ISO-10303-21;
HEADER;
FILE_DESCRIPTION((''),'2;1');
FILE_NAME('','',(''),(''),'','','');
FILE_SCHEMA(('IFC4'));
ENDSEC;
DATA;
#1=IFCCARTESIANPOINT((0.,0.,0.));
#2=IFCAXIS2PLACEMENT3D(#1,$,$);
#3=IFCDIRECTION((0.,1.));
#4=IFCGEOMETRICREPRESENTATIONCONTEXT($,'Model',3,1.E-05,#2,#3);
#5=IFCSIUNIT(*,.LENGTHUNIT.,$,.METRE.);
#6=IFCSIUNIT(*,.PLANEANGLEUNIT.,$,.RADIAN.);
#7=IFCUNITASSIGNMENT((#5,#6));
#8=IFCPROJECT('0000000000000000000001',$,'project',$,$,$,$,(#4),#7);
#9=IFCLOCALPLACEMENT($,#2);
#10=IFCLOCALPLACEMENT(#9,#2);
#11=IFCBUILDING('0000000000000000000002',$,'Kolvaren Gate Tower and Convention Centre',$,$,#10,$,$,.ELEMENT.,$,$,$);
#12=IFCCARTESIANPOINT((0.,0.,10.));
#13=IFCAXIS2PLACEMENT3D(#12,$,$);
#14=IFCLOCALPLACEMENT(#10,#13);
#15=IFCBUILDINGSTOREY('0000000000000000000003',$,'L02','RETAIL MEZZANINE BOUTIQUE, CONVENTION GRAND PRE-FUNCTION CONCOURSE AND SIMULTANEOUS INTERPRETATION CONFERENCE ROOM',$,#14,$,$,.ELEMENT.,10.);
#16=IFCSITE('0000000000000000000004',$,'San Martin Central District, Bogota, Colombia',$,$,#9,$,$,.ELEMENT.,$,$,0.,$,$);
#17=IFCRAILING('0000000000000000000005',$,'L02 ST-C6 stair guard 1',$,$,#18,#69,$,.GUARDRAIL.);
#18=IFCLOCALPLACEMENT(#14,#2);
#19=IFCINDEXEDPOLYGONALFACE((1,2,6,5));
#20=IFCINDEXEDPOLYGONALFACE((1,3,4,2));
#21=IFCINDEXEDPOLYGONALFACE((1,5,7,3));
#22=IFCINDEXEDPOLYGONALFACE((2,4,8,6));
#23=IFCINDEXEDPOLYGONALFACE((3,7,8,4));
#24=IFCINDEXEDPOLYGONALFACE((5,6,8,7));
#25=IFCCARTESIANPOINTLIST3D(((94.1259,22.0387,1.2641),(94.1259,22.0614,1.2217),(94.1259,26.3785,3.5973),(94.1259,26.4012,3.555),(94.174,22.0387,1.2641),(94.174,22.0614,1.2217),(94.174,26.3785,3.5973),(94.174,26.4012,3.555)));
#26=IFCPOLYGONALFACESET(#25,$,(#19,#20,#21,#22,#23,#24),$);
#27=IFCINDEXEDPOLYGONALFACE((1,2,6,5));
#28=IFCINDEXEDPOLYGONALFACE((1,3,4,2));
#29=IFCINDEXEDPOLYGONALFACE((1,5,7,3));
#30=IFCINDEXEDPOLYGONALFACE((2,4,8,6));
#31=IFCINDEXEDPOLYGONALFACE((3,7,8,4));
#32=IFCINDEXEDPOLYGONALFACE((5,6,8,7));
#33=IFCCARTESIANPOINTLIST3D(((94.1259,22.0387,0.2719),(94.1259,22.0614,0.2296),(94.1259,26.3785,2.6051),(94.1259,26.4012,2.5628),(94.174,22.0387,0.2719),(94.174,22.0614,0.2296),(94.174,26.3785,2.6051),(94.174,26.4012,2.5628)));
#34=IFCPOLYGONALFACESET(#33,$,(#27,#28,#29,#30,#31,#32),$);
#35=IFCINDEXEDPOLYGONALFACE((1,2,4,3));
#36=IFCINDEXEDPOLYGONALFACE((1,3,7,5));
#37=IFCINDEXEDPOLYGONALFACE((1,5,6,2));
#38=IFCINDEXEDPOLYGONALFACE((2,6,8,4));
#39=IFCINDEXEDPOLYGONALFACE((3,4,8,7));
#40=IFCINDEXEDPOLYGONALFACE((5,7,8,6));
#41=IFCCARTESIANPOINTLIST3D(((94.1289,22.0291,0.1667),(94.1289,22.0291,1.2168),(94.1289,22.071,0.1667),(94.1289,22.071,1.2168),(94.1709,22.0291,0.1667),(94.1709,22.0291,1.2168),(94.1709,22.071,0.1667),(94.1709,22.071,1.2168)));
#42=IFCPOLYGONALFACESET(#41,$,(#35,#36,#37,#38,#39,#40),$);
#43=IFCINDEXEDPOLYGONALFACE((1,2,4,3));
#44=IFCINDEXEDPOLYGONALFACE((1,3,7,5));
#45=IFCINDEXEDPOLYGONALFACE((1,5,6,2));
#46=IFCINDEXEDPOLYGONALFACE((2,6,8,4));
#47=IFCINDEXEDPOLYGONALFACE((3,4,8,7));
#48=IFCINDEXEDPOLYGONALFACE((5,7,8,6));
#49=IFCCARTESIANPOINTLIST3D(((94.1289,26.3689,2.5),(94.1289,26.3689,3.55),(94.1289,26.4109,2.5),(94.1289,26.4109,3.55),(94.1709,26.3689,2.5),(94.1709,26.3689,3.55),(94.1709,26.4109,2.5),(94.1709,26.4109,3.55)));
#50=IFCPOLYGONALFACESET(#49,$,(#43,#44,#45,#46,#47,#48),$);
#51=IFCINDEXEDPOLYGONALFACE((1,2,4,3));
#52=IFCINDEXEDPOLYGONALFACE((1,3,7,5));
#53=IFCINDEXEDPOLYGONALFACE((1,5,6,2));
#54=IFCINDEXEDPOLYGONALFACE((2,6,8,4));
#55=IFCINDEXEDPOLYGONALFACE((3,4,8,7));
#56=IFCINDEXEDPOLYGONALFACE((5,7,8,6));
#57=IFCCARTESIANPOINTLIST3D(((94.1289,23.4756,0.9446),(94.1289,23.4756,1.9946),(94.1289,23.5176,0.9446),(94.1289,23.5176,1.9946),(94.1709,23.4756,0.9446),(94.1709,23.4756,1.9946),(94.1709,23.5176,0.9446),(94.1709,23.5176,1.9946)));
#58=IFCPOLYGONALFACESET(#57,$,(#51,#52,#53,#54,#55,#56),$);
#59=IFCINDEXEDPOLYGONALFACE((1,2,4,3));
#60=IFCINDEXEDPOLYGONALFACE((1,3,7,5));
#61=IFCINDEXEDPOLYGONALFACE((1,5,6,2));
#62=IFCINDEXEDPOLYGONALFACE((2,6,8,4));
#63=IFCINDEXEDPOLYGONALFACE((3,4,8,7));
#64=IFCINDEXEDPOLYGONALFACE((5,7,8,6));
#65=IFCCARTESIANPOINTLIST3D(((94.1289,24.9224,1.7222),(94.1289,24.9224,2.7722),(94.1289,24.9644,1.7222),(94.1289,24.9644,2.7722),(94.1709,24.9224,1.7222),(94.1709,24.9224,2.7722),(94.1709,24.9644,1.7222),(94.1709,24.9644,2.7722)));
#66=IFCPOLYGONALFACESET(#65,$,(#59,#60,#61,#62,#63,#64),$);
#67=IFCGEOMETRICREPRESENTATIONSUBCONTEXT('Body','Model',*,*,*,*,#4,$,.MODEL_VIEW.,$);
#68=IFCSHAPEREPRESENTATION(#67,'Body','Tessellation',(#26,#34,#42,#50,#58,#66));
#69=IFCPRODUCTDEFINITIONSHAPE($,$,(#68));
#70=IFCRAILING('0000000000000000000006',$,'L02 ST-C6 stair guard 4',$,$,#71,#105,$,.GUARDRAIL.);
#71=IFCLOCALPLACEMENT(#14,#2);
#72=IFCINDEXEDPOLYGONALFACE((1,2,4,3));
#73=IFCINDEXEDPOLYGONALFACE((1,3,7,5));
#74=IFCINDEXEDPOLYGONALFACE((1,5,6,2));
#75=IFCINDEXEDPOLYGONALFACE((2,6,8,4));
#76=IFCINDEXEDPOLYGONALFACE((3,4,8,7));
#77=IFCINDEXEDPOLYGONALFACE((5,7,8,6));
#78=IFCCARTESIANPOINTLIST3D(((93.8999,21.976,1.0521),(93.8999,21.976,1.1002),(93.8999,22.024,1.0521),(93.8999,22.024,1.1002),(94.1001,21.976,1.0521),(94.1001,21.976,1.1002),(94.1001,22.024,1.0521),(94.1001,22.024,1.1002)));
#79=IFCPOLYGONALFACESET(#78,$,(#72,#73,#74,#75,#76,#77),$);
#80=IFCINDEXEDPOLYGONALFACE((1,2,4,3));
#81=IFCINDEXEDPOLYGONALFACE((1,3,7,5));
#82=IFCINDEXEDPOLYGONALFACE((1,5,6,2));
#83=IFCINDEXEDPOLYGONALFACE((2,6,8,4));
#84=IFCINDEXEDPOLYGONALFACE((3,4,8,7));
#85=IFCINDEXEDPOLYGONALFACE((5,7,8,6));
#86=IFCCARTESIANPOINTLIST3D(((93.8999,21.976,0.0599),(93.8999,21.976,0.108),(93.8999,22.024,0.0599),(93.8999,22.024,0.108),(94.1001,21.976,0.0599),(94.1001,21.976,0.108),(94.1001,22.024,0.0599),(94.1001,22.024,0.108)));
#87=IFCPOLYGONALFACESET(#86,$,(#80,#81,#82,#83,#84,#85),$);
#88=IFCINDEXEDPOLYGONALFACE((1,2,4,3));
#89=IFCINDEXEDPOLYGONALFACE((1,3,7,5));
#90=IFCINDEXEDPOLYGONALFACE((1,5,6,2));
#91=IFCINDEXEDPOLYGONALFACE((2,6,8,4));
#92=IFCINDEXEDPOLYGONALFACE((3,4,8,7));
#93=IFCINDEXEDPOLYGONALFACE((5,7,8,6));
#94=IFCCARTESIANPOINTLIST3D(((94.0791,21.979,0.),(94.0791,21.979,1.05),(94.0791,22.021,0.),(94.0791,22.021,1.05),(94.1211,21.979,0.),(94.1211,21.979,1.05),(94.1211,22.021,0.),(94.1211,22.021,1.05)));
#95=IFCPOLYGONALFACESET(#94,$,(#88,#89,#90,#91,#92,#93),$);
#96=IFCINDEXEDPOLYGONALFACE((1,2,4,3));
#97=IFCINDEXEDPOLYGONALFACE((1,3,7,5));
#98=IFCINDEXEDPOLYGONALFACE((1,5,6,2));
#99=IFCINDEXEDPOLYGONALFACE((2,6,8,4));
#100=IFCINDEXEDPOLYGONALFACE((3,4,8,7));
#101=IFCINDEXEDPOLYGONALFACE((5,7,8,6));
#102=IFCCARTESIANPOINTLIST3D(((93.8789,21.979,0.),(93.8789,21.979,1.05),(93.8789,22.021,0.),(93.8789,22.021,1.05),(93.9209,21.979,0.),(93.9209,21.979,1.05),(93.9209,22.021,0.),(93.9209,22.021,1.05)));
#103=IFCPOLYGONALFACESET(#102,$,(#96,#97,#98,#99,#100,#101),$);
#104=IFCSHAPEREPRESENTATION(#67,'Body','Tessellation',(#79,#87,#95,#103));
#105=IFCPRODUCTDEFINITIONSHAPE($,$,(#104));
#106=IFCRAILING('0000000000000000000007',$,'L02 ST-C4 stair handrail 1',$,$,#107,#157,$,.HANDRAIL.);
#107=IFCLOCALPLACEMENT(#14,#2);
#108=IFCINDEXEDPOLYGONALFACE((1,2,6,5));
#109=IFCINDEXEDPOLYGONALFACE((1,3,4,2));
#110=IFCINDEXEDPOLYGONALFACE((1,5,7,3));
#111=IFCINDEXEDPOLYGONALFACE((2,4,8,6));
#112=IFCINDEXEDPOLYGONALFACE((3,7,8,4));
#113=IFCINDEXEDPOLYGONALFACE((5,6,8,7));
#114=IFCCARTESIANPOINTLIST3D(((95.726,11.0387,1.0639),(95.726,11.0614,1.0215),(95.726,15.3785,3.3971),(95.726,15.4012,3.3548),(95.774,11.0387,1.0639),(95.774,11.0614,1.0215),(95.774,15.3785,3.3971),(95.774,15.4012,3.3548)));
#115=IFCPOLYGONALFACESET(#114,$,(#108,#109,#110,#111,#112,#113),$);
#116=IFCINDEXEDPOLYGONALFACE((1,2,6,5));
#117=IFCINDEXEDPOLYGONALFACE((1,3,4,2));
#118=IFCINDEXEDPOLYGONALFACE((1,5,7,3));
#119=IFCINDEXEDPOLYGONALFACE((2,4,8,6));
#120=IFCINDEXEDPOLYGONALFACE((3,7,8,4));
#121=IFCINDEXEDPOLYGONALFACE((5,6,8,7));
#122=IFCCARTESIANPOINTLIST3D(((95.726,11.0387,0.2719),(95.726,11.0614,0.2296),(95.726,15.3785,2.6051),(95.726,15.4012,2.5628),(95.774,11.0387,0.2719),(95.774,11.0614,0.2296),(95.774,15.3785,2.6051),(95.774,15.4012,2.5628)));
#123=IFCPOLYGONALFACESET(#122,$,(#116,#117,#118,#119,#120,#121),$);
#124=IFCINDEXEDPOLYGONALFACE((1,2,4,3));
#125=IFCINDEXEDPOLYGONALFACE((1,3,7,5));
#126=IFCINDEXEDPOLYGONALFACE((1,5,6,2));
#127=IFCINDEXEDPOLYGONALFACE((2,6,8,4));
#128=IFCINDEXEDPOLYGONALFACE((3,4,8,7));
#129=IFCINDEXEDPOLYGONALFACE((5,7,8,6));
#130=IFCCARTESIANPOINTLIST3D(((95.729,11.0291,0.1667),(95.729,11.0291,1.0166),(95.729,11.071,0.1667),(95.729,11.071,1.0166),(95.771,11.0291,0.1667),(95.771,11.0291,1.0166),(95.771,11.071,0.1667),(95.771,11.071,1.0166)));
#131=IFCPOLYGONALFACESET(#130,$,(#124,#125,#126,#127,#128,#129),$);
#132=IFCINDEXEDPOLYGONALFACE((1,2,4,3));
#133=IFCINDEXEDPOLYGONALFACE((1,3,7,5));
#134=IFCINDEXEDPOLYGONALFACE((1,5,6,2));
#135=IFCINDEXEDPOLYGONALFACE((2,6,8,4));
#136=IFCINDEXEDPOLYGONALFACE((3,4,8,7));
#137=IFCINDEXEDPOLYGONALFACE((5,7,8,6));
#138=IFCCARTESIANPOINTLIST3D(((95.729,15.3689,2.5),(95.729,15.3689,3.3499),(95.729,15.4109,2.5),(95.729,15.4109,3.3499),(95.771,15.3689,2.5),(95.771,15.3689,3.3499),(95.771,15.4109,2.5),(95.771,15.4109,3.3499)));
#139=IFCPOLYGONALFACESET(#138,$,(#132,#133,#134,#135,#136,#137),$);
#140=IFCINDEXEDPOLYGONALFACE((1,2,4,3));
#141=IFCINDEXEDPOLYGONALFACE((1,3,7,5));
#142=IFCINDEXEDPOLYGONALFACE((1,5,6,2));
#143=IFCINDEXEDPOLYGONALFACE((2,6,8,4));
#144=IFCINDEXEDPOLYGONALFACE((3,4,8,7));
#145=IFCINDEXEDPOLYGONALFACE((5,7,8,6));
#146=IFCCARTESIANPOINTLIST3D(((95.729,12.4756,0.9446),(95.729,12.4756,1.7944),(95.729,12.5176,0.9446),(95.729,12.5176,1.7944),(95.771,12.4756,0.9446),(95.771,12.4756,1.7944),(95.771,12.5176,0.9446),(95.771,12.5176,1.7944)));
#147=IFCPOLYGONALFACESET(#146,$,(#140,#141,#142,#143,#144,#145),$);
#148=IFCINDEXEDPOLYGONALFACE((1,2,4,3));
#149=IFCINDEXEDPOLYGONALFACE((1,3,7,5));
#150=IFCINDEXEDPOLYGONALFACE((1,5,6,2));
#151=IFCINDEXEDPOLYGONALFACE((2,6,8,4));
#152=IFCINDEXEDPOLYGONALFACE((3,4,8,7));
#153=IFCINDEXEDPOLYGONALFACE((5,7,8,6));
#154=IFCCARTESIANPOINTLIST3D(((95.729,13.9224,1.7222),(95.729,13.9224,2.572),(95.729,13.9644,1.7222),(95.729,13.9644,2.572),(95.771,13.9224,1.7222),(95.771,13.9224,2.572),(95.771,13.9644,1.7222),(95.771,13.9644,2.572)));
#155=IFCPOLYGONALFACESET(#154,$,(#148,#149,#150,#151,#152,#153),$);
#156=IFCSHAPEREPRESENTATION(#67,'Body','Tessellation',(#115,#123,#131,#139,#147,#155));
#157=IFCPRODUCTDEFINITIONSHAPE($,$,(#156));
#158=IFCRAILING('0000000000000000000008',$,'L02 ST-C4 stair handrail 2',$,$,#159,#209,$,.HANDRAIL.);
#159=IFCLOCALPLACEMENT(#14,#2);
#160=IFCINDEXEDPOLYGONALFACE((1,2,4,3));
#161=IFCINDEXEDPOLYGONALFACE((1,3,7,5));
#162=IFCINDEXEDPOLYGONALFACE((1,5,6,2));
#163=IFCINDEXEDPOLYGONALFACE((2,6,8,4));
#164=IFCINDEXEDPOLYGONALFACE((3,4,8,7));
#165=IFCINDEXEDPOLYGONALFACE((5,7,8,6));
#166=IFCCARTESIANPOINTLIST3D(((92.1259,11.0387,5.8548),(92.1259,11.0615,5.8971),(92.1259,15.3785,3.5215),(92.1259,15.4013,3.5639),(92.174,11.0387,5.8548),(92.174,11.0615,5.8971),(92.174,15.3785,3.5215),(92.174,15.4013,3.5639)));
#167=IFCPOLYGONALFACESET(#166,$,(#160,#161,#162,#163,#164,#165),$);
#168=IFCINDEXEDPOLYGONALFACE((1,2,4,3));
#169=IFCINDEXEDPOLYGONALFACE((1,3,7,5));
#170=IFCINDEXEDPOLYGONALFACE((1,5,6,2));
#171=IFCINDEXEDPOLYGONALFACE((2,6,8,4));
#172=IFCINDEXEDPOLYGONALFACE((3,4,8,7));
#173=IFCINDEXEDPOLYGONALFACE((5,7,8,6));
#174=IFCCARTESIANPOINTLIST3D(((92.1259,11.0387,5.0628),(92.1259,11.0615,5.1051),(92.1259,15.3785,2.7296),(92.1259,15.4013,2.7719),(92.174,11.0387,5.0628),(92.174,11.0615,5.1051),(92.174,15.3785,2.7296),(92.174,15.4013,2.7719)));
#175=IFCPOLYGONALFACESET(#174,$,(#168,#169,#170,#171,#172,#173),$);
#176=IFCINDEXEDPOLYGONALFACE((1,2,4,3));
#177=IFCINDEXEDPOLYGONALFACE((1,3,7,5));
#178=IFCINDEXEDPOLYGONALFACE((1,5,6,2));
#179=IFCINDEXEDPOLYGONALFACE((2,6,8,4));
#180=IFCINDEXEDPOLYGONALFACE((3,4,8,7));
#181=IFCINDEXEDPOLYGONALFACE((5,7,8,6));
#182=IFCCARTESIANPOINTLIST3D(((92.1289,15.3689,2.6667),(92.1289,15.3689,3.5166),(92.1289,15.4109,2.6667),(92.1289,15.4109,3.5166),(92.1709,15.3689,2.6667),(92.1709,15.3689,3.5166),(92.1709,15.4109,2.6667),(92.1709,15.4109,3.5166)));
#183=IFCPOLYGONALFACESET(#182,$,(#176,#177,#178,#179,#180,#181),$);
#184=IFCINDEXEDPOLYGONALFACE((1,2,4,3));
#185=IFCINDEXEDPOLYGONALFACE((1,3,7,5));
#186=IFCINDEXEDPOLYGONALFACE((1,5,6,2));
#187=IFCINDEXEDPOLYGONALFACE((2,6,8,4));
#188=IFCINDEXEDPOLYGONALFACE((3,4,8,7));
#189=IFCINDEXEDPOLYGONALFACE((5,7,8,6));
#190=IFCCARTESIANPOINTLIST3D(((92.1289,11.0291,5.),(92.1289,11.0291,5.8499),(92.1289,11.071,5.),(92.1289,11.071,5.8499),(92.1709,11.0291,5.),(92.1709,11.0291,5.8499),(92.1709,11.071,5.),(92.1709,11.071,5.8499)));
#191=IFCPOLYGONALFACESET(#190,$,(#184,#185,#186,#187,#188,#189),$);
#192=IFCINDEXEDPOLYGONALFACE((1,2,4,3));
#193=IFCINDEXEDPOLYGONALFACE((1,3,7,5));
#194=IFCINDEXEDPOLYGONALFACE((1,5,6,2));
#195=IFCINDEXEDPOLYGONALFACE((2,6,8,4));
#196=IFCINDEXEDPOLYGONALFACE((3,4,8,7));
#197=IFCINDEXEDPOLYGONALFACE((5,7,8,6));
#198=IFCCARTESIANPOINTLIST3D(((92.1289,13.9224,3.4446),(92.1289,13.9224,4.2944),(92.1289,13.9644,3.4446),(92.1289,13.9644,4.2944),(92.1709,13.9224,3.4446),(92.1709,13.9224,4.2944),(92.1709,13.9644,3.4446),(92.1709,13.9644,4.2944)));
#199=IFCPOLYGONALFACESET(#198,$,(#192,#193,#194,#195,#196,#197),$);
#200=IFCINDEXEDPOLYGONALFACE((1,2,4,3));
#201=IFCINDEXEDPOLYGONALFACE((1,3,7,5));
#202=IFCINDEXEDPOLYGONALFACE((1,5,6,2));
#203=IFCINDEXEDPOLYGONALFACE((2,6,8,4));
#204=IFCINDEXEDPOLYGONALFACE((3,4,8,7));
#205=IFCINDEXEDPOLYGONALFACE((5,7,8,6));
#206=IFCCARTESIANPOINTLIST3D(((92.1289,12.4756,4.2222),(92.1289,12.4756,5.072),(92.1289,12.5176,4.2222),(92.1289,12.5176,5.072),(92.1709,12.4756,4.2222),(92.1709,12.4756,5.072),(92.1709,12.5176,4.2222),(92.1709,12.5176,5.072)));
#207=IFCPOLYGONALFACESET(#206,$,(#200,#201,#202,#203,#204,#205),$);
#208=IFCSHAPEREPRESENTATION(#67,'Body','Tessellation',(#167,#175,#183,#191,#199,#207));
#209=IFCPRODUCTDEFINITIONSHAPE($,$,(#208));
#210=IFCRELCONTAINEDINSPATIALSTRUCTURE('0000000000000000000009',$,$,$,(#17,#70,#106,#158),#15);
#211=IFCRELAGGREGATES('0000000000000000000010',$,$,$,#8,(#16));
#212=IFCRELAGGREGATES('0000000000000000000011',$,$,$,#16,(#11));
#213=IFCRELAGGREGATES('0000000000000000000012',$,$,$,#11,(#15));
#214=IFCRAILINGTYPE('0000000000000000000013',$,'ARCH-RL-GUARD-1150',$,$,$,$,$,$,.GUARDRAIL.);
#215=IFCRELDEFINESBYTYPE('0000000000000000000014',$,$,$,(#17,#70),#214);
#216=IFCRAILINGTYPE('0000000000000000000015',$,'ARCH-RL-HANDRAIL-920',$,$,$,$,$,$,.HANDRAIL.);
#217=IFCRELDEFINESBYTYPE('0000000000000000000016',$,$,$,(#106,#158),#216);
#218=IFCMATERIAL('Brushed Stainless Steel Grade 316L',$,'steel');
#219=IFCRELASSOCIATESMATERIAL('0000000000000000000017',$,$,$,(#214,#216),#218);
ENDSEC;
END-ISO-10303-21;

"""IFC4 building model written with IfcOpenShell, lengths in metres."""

from ifc_helpers import new_model, si_unit, direction, frame, origin, origin_2d, place, context, subcontext, project, spatial, rectangle, extrude, material, type_object, element, save


model = new_model("IFC4")

# Units and contexts
model_context = context("Model", 3, precision=1e-05, world=origin(), true_north=direction((0.0, 1.0)))
body_context = subcontext(model_context, "Body", "Model", "MODEL_VIEW")
ifc_project = project(units=[si_unit("LENGTHUNIT", "METRE"), si_unit("PLANEANGLEUNIT", "RADIAN")], contexts=[model_context])

# Site, building, storey
site_placement = place(None, origin())
site = spatial("IfcSite", under=ifc_project, at=site_placement, Name="San Martin Central District, Bogota, Colombia", CompositionType="ELEMENT", RefElevation=0.0)
building_placement = place(site_placement, origin())
building = spatial("IfcBuilding", under=site, at=building_placement, Name="Kolvaren Gate Tower and Convention Centre", CompositionType="ELEMENT")
storey_placement = place(building_placement, frame((0.0, 0.0, 10.0)))
storey = spatial("IfcBuildingStorey", under=building, at=storey_placement, Name="L02", Description="RETAIL MEZZANINE BOUTIQUE, CONVENTION GRAND PRE-FUNCTION CONCOURSE AND SIMULTANEOUS INTERPRETATION CONFERENCE ROOM", CompositionType="ELEMENT", Elevation=10.0)

# Railings
ifc_material_1 = material(Name="Brushed Stainless Steel Grade 316L", Category="steel")
railing_type_1 = type_object("IfcRailingType", Name="ARCH-RL-GUARD-1150", PredefinedType="GUARDRAIL", material=ifc_material_1)
railing_1_placement = place(storey_placement, frame((94.1499, 22.05, 0.1667)))
element("IfcRailing", 1, at=railing_1_placement, inside=storey, type_object=railing_type_1, Name="L02 ST-C6 stair guard 1", PredefinedType="GUARDRAIL", context=body_context, shape_type="SweptSolid", body=[
    extrude(rectangle(XDim=0.0481, YDim=0.0481, at=origin_2d()), frame((0.0, 0.0, 1.0762), z_axis=(0.0, 0.880775, 0.473535), x_axis=(-1.0, 0.0, 0.0)), (0.0, 0.0, 1.0), 4.9272),
    extrude(rectangle(XDim=0.0481, YDim=0.0481, at=origin_2d()), frame((0.0, 0.0, 0.084), z_axis=(0.0, 0.880775, 0.473535), x_axis=(-1.0, 0.0, 0.0)), (0.0, 0.0, 1.0), 4.9272),
    extrude(rectangle(XDim=0.042, YDim=0.042, at=origin_2d()), origin(), (0.0, 0.0, 1.0), 1.05),
    extrude(rectangle(XDim=0.042, YDim=0.042, at=origin_2d()), frame((0.0, 4.3398, 2.3333)), (0.0, 0.0, 1.0), 1.05),
    extrude(rectangle(XDim=0.042, YDim=0.042, at=origin_2d()), frame((0.0, 1.4465, 0.7778)), (0.0, 0.0, 1.0), 1.05),
    extrude(rectangle(XDim=0.042, YDim=0.042, at=origin_2d()), frame((0.0, 2.8933, 1.5554)), (0.0, 0.0, 1.0), 1.05),
])
railing_2_placement = place(storey_placement, frame((94.1001, 22.0, 0.0)))
element("IfcRailing", 2, at=railing_2_placement, inside=storey, type_object=railing_type_1, Name="L02 ST-C6 stair guard 4", PredefinedType="GUARDRAIL", context=body_context, shape_type="SweptSolid", body=[
    extrude(rectangle(XDim=0.0481, YDim=0.0481, at=origin_2d()), frame((0.0, 0.0, 1.0762), z_axis=(-1.0, 0.0, 0.0), x_axis=(0.0, -1.0, 0.0)), (0.0, 0.0, 1.0), 0.2002),
    extrude(rectangle(XDim=0.0481, YDim=0.0481, at=origin_2d()), frame((0.0, 0.0, 0.084), z_axis=(-1.0, 0.0, 0.0), x_axis=(0.0, -1.0, 0.0)), (0.0, 0.0, 1.0), 0.2002),
    extrude(rectangle(XDim=0.042, YDim=0.042, at=origin_2d()), origin(), (0.0, 0.0, 1.0), 1.05),
    extrude(rectangle(XDim=0.042, YDim=0.042, at=origin_2d()), frame((-0.2002, 0.0, 0.0)), (0.0, 0.0, 1.0), 1.05),
])
railing_type_2 = type_object("IfcRailingType", Name="ARCH-RL-HANDRAIL-920", PredefinedType="HANDRAIL", material=ifc_material_1)
railing_3_placement = place(storey_placement, frame((95.75, 11.05, 0.1667)))
element("IfcRailing", 3, at=railing_3_placement, inside=storey, type_object=railing_type_2, Name="L02 ST-C4 stair handrail 1", PredefinedType="HANDRAIL", context=body_context, shape_type="SweptSolid", body=[
    extrude(rectangle(XDim=0.0481, YDim=0.0481, at=origin_2d()), frame((0.0, 0.0, 0.876), z_axis=(0.0, 0.880775, 0.473535), x_axis=(-1.0, 0.0, 0.0)), (0.0, 0.0, 1.0), 4.9272),
    extrude(rectangle(XDim=0.0481, YDim=0.0481, at=origin_2d()), frame((0.0, 0.0, 0.084), z_axis=(0.0, 0.880775, 0.473535), x_axis=(-1.0, 0.0, 0.0)), (0.0, 0.0, 1.0), 4.9272),
    extrude(rectangle(XDim=0.042, YDim=0.042, at=origin_2d()), origin(), (0.0, 0.0, 1.0), 0.8499),
    extrude(rectangle(XDim=0.042, YDim=0.042, at=origin_2d()), frame((0.0, 4.3398, 2.3333)), (0.0, 0.0, 1.0), 0.8499),
    extrude(rectangle(XDim=0.042, YDim=0.042, at=origin_2d()), frame((0.0, 1.4465, 0.7778)), (0.0, 0.0, 1.0), 0.8499),
    extrude(rectangle(XDim=0.042, YDim=0.042, at=origin_2d()), frame((0.0, 2.8933, 1.5554)), (0.0, 0.0, 1.0), 0.8499),
])
railing_4_placement = place(storey_placement, frame((92.1499, 15.3899, 2.6667)))
element("IfcRailing", 4, at=railing_4_placement, inside=storey, type_object=railing_type_2, Name="L02 ST-C4 stair handrail 2", PredefinedType="HANDRAIL", context=body_context, shape_type="SweptSolid", body=[
    extrude(rectangle(XDim=0.0481, YDim=0.0481, at=origin_2d()), frame((0.0, 0.0, 0.876), z_axis=(0.0, -0.880775, 0.473535), x_axis=(1.0, 0.0, 0.0)), (0.0, 0.0, 1.0), 4.9272),
    extrude(rectangle(XDim=0.0481, YDim=0.0481, at=origin_2d()), frame((0.0, 0.0, 0.084), z_axis=(0.0, -0.880775, 0.473535), x_axis=(1.0, 0.0, 0.0)), (0.0, 0.0, 1.0), 4.9272),
    extrude(rectangle(XDim=0.042, YDim=0.042, at=origin_2d()), origin(), (0.0, 0.0, 1.0), 0.8499),
    extrude(rectangle(XDim=0.042, YDim=0.042, at=origin_2d()), frame((0.0, -4.3398, 2.3333)), (0.0, 0.0, 1.0), 0.8499),
    extrude(rectangle(XDim=0.042, YDim=0.042, at=origin_2d()), frame((0.0, -1.4465, 0.7778)), (0.0, 0.0, 1.0), 0.8499),
    extrude(rectangle(XDim=0.042, YDim=0.042, at=origin_2d()), frame((0.0, -2.8933, 1.5554)), (0.0, 0.0, 1.0), 0.8499),
])

save(model, "model.ifc")
